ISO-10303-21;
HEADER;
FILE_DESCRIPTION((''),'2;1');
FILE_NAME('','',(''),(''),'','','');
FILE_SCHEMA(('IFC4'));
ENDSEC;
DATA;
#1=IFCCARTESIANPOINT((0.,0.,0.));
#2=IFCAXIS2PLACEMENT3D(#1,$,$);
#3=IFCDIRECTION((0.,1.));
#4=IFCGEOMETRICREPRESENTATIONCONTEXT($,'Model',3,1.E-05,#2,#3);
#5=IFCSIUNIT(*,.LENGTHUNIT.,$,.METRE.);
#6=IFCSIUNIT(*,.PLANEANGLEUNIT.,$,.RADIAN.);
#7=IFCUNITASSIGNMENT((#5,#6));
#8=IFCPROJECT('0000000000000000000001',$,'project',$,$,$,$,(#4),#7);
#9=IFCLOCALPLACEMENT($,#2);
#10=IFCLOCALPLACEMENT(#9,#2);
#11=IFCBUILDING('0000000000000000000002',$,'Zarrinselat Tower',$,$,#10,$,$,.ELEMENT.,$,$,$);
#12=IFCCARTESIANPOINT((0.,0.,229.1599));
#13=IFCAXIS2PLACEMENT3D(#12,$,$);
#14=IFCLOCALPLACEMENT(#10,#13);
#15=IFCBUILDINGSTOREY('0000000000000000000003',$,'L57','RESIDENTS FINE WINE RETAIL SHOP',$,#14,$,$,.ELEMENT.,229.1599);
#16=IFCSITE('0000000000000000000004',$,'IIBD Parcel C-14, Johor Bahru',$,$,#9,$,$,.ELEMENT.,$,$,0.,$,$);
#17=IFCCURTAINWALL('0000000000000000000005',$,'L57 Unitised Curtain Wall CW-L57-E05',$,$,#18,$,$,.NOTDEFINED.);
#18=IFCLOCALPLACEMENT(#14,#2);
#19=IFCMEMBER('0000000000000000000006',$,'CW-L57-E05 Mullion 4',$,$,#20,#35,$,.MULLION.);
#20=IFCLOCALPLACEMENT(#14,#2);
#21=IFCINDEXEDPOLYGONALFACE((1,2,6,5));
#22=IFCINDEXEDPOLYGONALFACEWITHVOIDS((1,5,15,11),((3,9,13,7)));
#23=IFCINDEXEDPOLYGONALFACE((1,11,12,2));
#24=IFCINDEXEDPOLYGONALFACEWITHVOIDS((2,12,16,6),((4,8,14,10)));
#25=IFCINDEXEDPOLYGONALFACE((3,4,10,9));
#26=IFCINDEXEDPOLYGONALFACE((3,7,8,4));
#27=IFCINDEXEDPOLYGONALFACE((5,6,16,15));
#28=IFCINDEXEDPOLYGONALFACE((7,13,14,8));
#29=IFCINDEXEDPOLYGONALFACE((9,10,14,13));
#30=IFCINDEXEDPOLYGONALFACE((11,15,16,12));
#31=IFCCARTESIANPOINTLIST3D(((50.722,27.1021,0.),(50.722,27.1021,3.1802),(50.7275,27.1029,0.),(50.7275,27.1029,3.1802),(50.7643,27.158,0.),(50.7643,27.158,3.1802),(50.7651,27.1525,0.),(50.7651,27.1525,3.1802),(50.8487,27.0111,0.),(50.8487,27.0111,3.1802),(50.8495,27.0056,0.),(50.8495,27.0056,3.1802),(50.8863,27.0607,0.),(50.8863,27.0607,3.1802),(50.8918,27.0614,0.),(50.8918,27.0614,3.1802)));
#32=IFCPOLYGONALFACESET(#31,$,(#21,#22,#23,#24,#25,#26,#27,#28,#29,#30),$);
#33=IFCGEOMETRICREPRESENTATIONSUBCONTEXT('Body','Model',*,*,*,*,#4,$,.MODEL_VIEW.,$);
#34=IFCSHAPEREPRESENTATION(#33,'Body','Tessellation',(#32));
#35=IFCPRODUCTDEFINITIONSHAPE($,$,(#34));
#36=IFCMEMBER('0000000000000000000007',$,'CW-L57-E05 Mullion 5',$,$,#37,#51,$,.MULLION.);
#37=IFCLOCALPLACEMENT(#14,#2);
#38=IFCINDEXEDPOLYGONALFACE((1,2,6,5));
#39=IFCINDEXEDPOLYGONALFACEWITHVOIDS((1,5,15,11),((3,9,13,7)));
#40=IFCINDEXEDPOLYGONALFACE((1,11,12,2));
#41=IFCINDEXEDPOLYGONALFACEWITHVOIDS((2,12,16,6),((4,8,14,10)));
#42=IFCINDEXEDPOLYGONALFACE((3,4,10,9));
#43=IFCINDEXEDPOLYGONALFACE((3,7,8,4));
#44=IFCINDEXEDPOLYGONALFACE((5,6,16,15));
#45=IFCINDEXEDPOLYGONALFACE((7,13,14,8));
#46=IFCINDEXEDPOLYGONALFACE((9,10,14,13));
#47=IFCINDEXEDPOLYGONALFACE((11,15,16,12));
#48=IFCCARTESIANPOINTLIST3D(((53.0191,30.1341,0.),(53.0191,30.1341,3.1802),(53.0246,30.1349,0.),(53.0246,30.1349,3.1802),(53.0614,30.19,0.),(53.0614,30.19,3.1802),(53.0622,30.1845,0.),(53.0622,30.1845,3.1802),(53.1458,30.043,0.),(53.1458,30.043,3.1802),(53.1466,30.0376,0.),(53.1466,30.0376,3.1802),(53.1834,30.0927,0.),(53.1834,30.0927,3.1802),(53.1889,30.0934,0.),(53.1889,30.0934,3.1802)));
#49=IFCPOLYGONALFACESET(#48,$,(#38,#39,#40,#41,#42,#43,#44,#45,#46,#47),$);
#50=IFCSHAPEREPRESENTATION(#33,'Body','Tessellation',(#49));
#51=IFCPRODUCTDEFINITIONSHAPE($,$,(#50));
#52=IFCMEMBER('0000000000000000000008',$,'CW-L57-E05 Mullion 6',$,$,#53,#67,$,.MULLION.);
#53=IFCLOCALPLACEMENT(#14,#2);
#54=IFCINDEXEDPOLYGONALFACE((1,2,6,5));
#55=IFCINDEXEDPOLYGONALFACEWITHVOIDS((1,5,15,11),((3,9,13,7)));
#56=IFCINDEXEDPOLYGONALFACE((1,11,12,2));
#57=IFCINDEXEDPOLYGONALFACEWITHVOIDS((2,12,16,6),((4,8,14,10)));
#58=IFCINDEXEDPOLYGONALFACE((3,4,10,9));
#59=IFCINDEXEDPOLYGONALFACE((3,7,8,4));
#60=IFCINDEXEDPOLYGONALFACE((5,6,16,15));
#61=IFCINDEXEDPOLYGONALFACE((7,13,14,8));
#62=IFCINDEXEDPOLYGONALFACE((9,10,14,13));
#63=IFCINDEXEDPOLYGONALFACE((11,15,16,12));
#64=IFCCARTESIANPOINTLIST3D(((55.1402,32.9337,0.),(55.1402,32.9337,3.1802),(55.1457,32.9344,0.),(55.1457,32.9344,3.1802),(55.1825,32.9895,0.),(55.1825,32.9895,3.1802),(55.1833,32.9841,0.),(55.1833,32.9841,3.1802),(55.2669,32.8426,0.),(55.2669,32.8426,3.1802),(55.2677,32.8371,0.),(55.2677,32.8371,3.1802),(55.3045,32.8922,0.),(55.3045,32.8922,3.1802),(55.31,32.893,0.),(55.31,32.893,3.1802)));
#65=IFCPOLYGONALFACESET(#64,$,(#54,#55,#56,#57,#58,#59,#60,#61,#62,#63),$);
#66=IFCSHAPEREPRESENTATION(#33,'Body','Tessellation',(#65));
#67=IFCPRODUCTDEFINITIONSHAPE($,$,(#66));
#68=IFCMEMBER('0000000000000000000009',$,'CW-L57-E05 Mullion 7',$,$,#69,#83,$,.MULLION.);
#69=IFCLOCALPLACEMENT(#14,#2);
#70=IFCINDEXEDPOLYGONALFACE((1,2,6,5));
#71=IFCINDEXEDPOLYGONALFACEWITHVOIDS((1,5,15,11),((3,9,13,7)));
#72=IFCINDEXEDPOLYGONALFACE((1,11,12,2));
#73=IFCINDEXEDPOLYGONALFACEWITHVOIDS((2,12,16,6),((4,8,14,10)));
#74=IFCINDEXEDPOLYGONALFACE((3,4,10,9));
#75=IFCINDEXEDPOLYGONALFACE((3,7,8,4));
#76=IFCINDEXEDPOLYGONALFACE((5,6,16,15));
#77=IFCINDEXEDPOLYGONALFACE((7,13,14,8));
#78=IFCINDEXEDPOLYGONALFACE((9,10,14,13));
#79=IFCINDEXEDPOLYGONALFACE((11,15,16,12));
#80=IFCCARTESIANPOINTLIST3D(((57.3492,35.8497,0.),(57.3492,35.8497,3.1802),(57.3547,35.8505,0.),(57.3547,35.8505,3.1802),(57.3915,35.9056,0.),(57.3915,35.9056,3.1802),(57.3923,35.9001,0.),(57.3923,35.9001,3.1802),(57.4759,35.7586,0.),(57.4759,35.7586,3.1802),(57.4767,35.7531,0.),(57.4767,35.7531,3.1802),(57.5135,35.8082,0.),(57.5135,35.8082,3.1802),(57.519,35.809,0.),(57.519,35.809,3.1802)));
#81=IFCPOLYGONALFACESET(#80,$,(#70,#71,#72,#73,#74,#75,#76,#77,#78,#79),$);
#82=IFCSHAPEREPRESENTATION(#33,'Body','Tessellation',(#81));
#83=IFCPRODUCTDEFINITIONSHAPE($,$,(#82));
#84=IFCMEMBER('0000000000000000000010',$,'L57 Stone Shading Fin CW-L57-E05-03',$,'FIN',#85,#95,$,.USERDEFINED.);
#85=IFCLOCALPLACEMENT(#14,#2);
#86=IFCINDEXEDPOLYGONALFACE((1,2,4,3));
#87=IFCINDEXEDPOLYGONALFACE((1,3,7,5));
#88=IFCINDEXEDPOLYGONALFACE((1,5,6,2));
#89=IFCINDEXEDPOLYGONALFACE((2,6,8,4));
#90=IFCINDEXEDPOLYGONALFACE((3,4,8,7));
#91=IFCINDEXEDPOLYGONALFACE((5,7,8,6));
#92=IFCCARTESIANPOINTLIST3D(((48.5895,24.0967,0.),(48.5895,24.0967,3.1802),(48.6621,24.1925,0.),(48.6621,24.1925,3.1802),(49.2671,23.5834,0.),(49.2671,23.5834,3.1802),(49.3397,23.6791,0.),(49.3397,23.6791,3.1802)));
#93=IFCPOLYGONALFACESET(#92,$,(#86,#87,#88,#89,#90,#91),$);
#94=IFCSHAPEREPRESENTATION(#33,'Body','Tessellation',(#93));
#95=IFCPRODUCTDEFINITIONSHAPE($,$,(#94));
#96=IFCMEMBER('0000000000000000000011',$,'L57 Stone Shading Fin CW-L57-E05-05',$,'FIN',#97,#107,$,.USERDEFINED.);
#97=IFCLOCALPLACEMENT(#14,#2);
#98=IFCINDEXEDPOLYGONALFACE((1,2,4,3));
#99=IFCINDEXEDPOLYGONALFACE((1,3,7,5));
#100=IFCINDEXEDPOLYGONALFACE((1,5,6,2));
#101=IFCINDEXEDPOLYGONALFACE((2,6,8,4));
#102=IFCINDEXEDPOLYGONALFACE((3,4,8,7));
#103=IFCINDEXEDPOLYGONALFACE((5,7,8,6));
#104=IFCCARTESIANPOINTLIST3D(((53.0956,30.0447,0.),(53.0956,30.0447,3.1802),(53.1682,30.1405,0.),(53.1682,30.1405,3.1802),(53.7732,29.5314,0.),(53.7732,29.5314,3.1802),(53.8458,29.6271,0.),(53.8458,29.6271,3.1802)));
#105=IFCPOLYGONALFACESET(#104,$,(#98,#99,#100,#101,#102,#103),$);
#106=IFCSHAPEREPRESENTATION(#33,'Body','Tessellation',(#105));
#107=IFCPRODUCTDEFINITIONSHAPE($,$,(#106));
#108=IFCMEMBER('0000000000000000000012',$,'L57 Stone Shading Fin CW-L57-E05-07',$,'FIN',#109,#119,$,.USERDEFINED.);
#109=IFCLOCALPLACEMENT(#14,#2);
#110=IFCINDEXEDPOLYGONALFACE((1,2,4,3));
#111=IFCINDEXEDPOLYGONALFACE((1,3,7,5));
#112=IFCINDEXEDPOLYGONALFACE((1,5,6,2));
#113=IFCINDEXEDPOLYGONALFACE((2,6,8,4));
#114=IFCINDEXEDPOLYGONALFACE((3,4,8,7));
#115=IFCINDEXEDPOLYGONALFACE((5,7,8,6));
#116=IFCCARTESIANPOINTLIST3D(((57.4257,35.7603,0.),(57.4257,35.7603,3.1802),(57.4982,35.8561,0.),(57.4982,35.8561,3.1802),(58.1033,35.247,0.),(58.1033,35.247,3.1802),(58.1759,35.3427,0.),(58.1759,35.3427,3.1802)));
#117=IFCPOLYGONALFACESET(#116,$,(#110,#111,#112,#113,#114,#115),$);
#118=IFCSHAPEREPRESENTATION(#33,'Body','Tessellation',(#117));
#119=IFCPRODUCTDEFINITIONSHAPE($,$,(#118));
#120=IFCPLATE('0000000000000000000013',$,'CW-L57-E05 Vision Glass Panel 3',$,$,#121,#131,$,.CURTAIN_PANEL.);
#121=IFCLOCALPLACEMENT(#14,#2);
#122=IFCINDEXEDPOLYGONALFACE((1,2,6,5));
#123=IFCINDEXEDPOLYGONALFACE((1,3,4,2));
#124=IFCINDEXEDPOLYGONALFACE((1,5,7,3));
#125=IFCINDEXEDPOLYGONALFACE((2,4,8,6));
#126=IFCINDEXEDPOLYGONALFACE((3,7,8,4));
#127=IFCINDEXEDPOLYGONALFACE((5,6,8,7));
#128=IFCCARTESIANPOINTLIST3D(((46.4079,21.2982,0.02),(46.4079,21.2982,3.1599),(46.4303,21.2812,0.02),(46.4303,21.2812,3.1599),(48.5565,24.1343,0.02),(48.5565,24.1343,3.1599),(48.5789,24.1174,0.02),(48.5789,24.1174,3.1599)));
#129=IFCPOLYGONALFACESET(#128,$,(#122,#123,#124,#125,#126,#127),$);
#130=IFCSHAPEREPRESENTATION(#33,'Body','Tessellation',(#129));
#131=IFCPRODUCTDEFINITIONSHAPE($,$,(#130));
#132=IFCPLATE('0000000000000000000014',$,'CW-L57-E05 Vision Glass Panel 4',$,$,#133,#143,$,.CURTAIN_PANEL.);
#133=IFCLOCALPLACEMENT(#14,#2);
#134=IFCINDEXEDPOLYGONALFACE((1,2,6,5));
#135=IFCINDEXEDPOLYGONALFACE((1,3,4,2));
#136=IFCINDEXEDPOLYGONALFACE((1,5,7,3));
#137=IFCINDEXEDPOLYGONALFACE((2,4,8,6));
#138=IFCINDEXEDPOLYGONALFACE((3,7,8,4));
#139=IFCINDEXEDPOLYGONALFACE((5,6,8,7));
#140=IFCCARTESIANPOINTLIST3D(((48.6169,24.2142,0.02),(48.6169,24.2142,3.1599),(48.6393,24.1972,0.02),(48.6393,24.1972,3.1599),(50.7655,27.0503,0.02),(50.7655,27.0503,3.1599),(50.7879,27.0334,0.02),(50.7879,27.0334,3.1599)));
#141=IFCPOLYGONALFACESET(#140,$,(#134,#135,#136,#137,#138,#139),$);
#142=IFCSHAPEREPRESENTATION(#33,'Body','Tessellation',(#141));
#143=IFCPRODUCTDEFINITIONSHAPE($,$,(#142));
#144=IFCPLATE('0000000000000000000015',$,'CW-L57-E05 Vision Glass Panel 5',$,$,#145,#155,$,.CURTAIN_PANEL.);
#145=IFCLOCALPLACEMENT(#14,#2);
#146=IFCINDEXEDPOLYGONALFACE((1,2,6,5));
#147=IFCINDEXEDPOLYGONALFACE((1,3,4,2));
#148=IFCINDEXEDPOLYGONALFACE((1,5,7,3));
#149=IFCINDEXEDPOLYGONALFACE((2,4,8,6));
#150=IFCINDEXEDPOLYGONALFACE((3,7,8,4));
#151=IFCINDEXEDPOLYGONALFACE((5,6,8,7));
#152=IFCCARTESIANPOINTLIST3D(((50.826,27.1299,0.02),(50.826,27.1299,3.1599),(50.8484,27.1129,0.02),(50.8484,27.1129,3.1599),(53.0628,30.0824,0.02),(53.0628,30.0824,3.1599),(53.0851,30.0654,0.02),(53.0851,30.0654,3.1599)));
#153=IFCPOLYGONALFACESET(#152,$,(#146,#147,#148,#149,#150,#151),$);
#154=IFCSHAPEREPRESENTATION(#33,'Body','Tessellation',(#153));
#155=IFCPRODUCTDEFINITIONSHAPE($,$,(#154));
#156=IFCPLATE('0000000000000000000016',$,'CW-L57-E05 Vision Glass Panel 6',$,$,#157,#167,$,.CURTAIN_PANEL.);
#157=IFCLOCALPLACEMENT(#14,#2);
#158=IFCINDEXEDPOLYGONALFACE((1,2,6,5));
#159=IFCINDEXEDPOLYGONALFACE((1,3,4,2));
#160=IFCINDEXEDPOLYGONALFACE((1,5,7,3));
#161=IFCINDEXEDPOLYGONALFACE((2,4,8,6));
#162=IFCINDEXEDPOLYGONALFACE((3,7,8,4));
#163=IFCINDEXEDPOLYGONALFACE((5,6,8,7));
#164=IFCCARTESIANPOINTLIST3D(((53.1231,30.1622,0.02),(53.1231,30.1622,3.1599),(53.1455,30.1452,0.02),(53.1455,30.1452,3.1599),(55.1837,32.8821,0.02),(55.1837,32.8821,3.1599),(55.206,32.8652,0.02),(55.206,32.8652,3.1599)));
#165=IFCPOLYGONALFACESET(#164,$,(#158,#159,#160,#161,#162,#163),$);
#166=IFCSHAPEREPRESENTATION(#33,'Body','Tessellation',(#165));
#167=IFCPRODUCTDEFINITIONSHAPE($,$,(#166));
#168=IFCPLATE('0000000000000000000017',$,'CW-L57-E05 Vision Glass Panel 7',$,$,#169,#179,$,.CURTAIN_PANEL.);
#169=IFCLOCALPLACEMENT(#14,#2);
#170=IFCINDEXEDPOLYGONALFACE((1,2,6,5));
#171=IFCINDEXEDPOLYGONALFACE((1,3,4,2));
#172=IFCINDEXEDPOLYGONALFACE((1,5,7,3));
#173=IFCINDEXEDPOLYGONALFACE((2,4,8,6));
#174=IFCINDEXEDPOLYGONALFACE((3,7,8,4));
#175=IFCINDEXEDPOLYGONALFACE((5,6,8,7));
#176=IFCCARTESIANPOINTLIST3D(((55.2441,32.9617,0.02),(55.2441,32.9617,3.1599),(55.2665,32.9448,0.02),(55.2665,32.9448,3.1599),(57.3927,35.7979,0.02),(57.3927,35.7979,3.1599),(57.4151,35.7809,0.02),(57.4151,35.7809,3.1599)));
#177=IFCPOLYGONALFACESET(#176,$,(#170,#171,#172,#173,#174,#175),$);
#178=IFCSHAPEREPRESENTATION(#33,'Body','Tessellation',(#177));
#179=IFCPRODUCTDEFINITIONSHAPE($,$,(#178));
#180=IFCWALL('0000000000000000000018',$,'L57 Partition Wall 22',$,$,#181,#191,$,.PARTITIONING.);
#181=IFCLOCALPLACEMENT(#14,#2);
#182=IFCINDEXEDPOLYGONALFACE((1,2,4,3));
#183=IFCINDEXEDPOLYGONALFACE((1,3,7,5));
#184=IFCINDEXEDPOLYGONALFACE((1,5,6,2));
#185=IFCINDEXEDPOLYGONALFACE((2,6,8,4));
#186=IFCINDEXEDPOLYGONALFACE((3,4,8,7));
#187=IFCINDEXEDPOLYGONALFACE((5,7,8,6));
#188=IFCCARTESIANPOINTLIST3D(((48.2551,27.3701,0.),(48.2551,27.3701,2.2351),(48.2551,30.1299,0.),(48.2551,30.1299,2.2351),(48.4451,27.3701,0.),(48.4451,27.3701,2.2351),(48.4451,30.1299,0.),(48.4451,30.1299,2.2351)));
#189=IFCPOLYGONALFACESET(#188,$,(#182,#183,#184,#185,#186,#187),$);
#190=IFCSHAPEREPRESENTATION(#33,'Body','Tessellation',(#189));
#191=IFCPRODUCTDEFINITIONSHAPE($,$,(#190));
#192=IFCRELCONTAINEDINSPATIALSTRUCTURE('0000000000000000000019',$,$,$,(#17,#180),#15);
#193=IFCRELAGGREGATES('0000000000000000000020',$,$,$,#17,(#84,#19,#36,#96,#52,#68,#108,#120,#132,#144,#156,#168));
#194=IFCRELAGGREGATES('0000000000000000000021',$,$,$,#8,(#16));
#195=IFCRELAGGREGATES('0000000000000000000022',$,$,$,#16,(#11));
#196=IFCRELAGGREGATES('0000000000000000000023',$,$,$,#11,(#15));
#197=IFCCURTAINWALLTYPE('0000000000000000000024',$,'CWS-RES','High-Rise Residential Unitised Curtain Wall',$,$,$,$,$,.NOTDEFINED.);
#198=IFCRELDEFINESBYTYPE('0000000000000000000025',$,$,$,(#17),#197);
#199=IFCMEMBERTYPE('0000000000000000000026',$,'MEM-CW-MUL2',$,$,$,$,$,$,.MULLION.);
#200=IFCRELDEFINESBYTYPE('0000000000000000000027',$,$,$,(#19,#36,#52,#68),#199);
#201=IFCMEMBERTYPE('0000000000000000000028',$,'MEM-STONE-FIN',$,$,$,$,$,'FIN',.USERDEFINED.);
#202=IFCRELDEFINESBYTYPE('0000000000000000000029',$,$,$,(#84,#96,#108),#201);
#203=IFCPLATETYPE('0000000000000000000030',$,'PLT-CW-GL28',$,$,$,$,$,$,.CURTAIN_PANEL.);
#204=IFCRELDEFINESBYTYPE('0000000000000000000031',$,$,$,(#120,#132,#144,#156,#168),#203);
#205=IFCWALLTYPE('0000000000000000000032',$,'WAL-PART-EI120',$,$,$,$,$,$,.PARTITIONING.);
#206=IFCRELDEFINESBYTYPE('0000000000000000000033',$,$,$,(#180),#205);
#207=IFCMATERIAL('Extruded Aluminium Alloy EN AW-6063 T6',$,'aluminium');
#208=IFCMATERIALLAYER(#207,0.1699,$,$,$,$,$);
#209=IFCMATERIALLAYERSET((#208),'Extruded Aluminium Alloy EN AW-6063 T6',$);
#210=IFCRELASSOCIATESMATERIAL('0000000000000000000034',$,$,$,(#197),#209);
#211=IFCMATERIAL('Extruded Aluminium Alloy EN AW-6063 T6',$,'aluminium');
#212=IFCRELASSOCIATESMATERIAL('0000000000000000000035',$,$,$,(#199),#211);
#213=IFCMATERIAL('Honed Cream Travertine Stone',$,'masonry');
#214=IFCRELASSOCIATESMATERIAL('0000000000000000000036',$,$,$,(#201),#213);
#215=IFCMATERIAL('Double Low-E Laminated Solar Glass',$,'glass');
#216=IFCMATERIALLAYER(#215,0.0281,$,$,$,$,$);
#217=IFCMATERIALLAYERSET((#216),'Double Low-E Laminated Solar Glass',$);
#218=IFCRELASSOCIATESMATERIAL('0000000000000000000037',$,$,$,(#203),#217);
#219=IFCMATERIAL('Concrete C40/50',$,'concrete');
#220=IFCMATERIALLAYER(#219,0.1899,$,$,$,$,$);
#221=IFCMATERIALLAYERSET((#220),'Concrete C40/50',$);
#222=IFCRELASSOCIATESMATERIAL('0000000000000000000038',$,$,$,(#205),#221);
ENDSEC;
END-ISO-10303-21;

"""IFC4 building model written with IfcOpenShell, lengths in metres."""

from ifc_helpers import new_model, si_unit, direction, frame, frame_2d, origin, origin_2d, place, context, subcontext, project, spatial, rectangle, hollow_rectangle, extrude, material, layer, layer_set, material_profile, profile_set, type_object, element, aggregate, save


model = new_model("IFC4")

# Units and contexts
model_context = context("Model", 3, precision=1e-05, world=origin(), true_north=direction((0.0, 1.0)))
body_context = subcontext(model_context, "Body", "Model", "MODEL_VIEW")
ifc_project = project(units=[si_unit("LENGTHUNIT", "METRE"), si_unit("PLANEANGLEUNIT", "RADIAN")], contexts=[model_context])

# Site, building, storey
site_placement = place(None, origin())
site = spatial("IfcSite", under=ifc_project, at=site_placement, Name="IIBD Parcel C-14, Johor Bahru", CompositionType="ELEMENT", RefElevation=0.0)
building_placement = place(site_placement, origin())
building = spatial("IfcBuilding", under=site, at=building_placement, Name="Zarrinselat Tower", CompositionType="ELEMENT")
storey_placement = place(building_placement, frame((0.0, 0.0, 229.1599)))
storey = spatial("IfcBuildingStorey", under=building, at=storey_placement, Name="L57", Description="RESIDENTS FINE WINE RETAIL SHOP", CompositionType="ELEMENT", Elevation=229.1599)

# Curtain wall, members, plates
ifc_material_1 = material(Name="Extruded Aluminium Alloy EN AW-6063 T6", Category="aluminium")
ifc_layer_1 = layer(ifc_material_1, 0.1699)
ifc_layer_set_1 = layer_set([ifc_layer_1], Name="Extruded Aluminium Alloy EN AW-6063 T6")
curtain_wall_type = type_object("IfcCurtainWallType", Name="CWS-RES", Description="High-Rise Residential Unitised Curtain Wall", PredefinedType="NOTDEFINED", material=ifc_layer_set_1)
curtain_wall_placement = place(storey_placement, origin())
curtain_wall = element("IfcCurtainWall", 1, at=curtain_wall_placement, inside=storey, type_object=curtain_wall_type, Name="L57 Unitised Curtain Wall CW-L57-E05", PredefinedType="NOTDEFINED")
ifc_material_2 = material(Name="Extruded Aluminium Alloy EN AW-6063 T6", Category="aluminium")
ifc_material_profile_1 = material_profile(ifc_material_2, hollow_rectangle(XDim=0.0701, YDim=0.1599, WallThickness=0.0039, at=origin_2d()), Name="RHS 160x70x4")
ifc_profile_set_1 = profile_set([ifc_material_profile_1], Name="Extruded Aluminium Alloy EN AW-6063 T6")
member_type_1 = type_object("IfcMemberType", Name="MEM-CW-MUL2", PredefinedType="MULLION", material=ifc_profile_set_1)
member_1_placement = place(storey_placement, frame((50.8069, 27.0818, 0.0), z_axis=(0.0, 0.0, 1.0), x_axis=(0.603859, 0.797091, 0.0)))
member_1 = element("IfcMember", 2, at=member_1_placement, type_object=member_type_1, Name="CW-L57-E05 Mullion 4", PredefinedType="MULLION", context=body_context, shape_type="SweptSolid", body=[
    extrude(hollow_rectangle(XDim=0.0701, YDim=0.1599, WallThickness=0.0039, at=origin_2d()), origin(), (0.0, 0.0, 1.0), 3.1802),
])
member_2_placement = place(storey_placement, frame((53.104, 30.1138, 0.0), z_axis=(0.0, 0.0, 1.0), x_axis=(0.603859, 0.797091, 0.0)))
member_2 = element("IfcMember", 3, at=member_2_placement, type_object=member_type_1, Name="CW-L57-E05 Mullion 5", PredefinedType="MULLION", context=body_context, shape_type="SweptSolid", body=[
    extrude(hollow_rectangle(XDim=0.0701, YDim=0.1599, WallThickness=0.0039, at=origin_2d()), origin(), (0.0, 0.0, 1.0), 3.1802),
])
member_3_placement = place(storey_placement, frame((55.2251, 32.9133, 0.0), z_axis=(0.0, 0.0, 1.0), x_axis=(0.603859, 0.797091, 0.0)))
member_3 = element("IfcMember", 4, at=member_3_placement, type_object=member_type_1, Name="CW-L57-E05 Mullion 6", PredefinedType="MULLION", context=body_context, shape_type="SweptSolid", body=[
    extrude(hollow_rectangle(XDim=0.0701, YDim=0.1599, WallThickness=0.0039, at=origin_2d()), origin(), (0.0, 0.0, 1.0), 3.1802),
])
member_4_placement = place(storey_placement, frame((57.4341, 35.8293, 0.0), z_axis=(0.0, 0.0, 1.0), x_axis=(0.603859, 0.797091, 0.0)))
member_4 = element("IfcMember", 5, at=member_4_placement, type_object=member_type_1, Name="CW-L57-E05 Mullion 7", PredefinedType="MULLION", context=body_context, shape_type="SweptSolid", body=[
    extrude(hollow_rectangle(XDim=0.0701, YDim=0.1599, WallThickness=0.0039, at=origin_2d()), origin(), (0.0, 0.0, 1.0), 3.1802),
])
ifc_material_3 = material(Name="Honed Cream Travertine Stone", Category="masonry")
ifc_material_profile_2 = material_profile(ifc_material_3, rectangle(XDim=0.1201, YDim=0.8501, at=origin_2d()), Name="FIN 850x120")
ifc_profile_set_2 = profile_set([ifc_material_profile_2], Name="Honed Cream Travertine Stone")
member_type_2 = type_object("IfcMemberType", Name="MEM-STONE-FIN", ElementType="FIN", PredefinedType="USERDEFINED", material=ifc_profile_set_2)
member_5_placement = place(storey_placement, frame((48.9646, 23.8879, 0.0), z_axis=(0.0, 0.0, 1.0), x_axis=(-0.603859, -0.797091, 0.0)))
member_5 = element("IfcMember", 6, at=member_5_placement, type_object=member_type_2, Name="L57 Stone Shading Fin CW-L57-E05-03", ObjectType="FIN", PredefinedType="USERDEFINED", context=body_context, shape_type="SweptSolid", body=[
    extrude(rectangle(XDim=0.1201, YDim=0.8501, at=origin_2d()), origin(), (0.0, 0.0, 1.0), 3.1802),
])
member_6_placement = place(storey_placement, frame((53.4707, 29.8359, 0.0), z_axis=(0.0, 0.0, 1.0), x_axis=(-0.603859, -0.797091, 0.0)))
member_6 = element("IfcMember", 7, at=member_6_placement, type_object=member_type_2, Name="L57 Stone Shading Fin CW-L57-E05-05", ObjectType="FIN", PredefinedType="USERDEFINED", context=body_context, shape_type="SweptSolid", body=[
    extrude(rectangle(XDim=0.1201, YDim=0.8501, at=origin_2d()), origin(), (0.0, 0.0, 1.0), 3.1802),
])
member_7_placement = place(storey_placement, frame((57.8008, 35.5515, 0.0), z_axis=(0.0, 0.0, 1.0), x_axis=(-0.603859, -0.797091, 0.0)))
member_7 = element("IfcMember", 8, at=member_7_placement, type_object=member_type_2, Name="L57 Stone Shading Fin CW-L57-E05-07", ObjectType="FIN", PredefinedType="USERDEFINED", context=body_context, shape_type="SweptSolid", body=[
    extrude(rectangle(XDim=0.1201, YDim=0.8501, at=origin_2d()), origin(), (0.0, 0.0, 1.0), 3.1802),
])
ifc_material_4 = material(Name="Double Low-E Laminated Solar Glass", Category="glass")
ifc_layer_2 = layer(ifc_material_4, 0.0281)
ifc_layer_set_2 = layer_set([ifc_layer_2], Name="Double Low-E Laminated Solar Glass")
plate_type = type_object("IfcPlateType", Name="PLT-CW-GL28", PredefinedType="CURTAIN_PANEL", material=ifc_layer_set_2)
plate_1_placement = place(storey_placement, frame((47.4934, 22.7078, 0.02), z_axis=(0.0, 0.0, 1.0), x_axis=(0.603859, 0.797091, 0.0)))
plate_1 = element("IfcPlate", 9, at=plate_1_placement, type_object=plate_type, Name="CW-L57-E05 Vision Glass Panel 3", PredefinedType="CURTAIN_PANEL", context=body_context, shape_type="SweptSolid", body=[
    extrude(rectangle(XDim=3.5581, YDim=0.0281, at=origin_2d()), origin(), (0.0, 0.0, 1.0), 3.1399),
])
plate_2_placement = place(storey_placement, frame((49.7024, 25.6238, 0.02), z_axis=(0.0, 0.0, 1.0), x_axis=(0.603859, 0.797091, 0.0)))
plate_2 = element("IfcPlate", 10, at=plate_2_placement, type_object=plate_type, Name="CW-L57-E05 Vision Glass Panel 4", PredefinedType="CURTAIN_PANEL", context=body_context, shape_type="SweptSolid", body=[
    extrude(rectangle(XDim=3.5581, YDim=0.0281, at=origin_2d()), origin(), (0.0, 0.0, 1.0), 3.1399),
])
plate_3_placement = place(storey_placement, frame((51.9556, 28.5977, 0.02), z_axis=(0.0, 0.0, 1.0), x_axis=(0.603859, 0.797091, 0.0)))
plate_3 = element("IfcPlate", 11, at=plate_3_placement, type_object=plate_type, Name="CW-L57-E05 Vision Glass Panel 5", PredefinedType="CURTAIN_PANEL", context=body_context, shape_type="SweptSolid", body=[
    extrude(rectangle(XDim=3.7041, YDim=0.0281, at=origin_2d()), origin(), (0.0, 0.0, 1.0), 3.1399),
])
plate_4_placement = place(storey_placement, frame((54.1646, 31.5137, 0.02), z_axis=(0.0, 0.0, 1.0), x_axis=(0.603859, 0.797091, 0.0)))
plate_4 = element("IfcPlate", 12, at=plate_4_placement, type_object=plate_type, Name="CW-L57-E05 Vision Glass Panel 6", PredefinedType="CURTAIN_PANEL", context=body_context, shape_type="SweptSolid", body=[
    extrude(rectangle(XDim=3.4124, YDim=0.0281, at=origin_2d()), origin(), (0.0, 0.0, 1.0), 3.1399),
])
plate_5_placement = place(storey_placement, frame((56.3296, 34.3713, 0.02), z_axis=(0.0, 0.0, 1.0), x_axis=(0.603859, 0.797091, 0.0)))
plate_5 = element("IfcPlate", 13, at=plate_5_placement, type_object=plate_type, Name="CW-L57-E05 Vision Glass Panel 7", PredefinedType="CURTAIN_PANEL", context=body_context, shape_type="SweptSolid", body=[
    extrude(rectangle(XDim=3.5581, YDim=0.0281, at=origin_2d()), origin(), (0.0, 0.0, 1.0), 3.1399),
])
aggregate(curtain_wall, [member_5, member_1, member_2, member_6, member_3, member_4, member_7, plate_1, plate_2, plate_3, plate_4, plate_5])

# Wall
ifc_material_5 = material(Name="Concrete C40/50", Category="concrete")
ifc_layer_3 = layer(ifc_material_5, 0.1899)
ifc_layer_set_3 = layer_set([ifc_layer_3], Name="Concrete C40/50")
wall_type_1 = type_object("IfcWallType", Name="WAL-PART-EI120", PredefinedType="PARTITIONING", material=ifc_layer_set_3)
wall_1_placement = place(storey_placement, frame((48.3501, 27.3701, 0.0), z_axis=(0.0, 0.0, 1.0), x_axis=(0.0, 1.0, 0.0)))
element("IfcWall", 14, at=wall_1_placement, inside=storey, type_object=wall_type_1, Name="L57 Partition Wall 22", PredefinedType="PARTITIONING", context=body_context, shape_type="SweptSolid", body=[
    extrude(rectangle(XDim=2.7598, YDim=0.1899, at=frame_2d((1.3799, 0.0))), origin(), (0.0, 0.0, 1.0), 2.2351),
])

save(model, "model.ifc")
